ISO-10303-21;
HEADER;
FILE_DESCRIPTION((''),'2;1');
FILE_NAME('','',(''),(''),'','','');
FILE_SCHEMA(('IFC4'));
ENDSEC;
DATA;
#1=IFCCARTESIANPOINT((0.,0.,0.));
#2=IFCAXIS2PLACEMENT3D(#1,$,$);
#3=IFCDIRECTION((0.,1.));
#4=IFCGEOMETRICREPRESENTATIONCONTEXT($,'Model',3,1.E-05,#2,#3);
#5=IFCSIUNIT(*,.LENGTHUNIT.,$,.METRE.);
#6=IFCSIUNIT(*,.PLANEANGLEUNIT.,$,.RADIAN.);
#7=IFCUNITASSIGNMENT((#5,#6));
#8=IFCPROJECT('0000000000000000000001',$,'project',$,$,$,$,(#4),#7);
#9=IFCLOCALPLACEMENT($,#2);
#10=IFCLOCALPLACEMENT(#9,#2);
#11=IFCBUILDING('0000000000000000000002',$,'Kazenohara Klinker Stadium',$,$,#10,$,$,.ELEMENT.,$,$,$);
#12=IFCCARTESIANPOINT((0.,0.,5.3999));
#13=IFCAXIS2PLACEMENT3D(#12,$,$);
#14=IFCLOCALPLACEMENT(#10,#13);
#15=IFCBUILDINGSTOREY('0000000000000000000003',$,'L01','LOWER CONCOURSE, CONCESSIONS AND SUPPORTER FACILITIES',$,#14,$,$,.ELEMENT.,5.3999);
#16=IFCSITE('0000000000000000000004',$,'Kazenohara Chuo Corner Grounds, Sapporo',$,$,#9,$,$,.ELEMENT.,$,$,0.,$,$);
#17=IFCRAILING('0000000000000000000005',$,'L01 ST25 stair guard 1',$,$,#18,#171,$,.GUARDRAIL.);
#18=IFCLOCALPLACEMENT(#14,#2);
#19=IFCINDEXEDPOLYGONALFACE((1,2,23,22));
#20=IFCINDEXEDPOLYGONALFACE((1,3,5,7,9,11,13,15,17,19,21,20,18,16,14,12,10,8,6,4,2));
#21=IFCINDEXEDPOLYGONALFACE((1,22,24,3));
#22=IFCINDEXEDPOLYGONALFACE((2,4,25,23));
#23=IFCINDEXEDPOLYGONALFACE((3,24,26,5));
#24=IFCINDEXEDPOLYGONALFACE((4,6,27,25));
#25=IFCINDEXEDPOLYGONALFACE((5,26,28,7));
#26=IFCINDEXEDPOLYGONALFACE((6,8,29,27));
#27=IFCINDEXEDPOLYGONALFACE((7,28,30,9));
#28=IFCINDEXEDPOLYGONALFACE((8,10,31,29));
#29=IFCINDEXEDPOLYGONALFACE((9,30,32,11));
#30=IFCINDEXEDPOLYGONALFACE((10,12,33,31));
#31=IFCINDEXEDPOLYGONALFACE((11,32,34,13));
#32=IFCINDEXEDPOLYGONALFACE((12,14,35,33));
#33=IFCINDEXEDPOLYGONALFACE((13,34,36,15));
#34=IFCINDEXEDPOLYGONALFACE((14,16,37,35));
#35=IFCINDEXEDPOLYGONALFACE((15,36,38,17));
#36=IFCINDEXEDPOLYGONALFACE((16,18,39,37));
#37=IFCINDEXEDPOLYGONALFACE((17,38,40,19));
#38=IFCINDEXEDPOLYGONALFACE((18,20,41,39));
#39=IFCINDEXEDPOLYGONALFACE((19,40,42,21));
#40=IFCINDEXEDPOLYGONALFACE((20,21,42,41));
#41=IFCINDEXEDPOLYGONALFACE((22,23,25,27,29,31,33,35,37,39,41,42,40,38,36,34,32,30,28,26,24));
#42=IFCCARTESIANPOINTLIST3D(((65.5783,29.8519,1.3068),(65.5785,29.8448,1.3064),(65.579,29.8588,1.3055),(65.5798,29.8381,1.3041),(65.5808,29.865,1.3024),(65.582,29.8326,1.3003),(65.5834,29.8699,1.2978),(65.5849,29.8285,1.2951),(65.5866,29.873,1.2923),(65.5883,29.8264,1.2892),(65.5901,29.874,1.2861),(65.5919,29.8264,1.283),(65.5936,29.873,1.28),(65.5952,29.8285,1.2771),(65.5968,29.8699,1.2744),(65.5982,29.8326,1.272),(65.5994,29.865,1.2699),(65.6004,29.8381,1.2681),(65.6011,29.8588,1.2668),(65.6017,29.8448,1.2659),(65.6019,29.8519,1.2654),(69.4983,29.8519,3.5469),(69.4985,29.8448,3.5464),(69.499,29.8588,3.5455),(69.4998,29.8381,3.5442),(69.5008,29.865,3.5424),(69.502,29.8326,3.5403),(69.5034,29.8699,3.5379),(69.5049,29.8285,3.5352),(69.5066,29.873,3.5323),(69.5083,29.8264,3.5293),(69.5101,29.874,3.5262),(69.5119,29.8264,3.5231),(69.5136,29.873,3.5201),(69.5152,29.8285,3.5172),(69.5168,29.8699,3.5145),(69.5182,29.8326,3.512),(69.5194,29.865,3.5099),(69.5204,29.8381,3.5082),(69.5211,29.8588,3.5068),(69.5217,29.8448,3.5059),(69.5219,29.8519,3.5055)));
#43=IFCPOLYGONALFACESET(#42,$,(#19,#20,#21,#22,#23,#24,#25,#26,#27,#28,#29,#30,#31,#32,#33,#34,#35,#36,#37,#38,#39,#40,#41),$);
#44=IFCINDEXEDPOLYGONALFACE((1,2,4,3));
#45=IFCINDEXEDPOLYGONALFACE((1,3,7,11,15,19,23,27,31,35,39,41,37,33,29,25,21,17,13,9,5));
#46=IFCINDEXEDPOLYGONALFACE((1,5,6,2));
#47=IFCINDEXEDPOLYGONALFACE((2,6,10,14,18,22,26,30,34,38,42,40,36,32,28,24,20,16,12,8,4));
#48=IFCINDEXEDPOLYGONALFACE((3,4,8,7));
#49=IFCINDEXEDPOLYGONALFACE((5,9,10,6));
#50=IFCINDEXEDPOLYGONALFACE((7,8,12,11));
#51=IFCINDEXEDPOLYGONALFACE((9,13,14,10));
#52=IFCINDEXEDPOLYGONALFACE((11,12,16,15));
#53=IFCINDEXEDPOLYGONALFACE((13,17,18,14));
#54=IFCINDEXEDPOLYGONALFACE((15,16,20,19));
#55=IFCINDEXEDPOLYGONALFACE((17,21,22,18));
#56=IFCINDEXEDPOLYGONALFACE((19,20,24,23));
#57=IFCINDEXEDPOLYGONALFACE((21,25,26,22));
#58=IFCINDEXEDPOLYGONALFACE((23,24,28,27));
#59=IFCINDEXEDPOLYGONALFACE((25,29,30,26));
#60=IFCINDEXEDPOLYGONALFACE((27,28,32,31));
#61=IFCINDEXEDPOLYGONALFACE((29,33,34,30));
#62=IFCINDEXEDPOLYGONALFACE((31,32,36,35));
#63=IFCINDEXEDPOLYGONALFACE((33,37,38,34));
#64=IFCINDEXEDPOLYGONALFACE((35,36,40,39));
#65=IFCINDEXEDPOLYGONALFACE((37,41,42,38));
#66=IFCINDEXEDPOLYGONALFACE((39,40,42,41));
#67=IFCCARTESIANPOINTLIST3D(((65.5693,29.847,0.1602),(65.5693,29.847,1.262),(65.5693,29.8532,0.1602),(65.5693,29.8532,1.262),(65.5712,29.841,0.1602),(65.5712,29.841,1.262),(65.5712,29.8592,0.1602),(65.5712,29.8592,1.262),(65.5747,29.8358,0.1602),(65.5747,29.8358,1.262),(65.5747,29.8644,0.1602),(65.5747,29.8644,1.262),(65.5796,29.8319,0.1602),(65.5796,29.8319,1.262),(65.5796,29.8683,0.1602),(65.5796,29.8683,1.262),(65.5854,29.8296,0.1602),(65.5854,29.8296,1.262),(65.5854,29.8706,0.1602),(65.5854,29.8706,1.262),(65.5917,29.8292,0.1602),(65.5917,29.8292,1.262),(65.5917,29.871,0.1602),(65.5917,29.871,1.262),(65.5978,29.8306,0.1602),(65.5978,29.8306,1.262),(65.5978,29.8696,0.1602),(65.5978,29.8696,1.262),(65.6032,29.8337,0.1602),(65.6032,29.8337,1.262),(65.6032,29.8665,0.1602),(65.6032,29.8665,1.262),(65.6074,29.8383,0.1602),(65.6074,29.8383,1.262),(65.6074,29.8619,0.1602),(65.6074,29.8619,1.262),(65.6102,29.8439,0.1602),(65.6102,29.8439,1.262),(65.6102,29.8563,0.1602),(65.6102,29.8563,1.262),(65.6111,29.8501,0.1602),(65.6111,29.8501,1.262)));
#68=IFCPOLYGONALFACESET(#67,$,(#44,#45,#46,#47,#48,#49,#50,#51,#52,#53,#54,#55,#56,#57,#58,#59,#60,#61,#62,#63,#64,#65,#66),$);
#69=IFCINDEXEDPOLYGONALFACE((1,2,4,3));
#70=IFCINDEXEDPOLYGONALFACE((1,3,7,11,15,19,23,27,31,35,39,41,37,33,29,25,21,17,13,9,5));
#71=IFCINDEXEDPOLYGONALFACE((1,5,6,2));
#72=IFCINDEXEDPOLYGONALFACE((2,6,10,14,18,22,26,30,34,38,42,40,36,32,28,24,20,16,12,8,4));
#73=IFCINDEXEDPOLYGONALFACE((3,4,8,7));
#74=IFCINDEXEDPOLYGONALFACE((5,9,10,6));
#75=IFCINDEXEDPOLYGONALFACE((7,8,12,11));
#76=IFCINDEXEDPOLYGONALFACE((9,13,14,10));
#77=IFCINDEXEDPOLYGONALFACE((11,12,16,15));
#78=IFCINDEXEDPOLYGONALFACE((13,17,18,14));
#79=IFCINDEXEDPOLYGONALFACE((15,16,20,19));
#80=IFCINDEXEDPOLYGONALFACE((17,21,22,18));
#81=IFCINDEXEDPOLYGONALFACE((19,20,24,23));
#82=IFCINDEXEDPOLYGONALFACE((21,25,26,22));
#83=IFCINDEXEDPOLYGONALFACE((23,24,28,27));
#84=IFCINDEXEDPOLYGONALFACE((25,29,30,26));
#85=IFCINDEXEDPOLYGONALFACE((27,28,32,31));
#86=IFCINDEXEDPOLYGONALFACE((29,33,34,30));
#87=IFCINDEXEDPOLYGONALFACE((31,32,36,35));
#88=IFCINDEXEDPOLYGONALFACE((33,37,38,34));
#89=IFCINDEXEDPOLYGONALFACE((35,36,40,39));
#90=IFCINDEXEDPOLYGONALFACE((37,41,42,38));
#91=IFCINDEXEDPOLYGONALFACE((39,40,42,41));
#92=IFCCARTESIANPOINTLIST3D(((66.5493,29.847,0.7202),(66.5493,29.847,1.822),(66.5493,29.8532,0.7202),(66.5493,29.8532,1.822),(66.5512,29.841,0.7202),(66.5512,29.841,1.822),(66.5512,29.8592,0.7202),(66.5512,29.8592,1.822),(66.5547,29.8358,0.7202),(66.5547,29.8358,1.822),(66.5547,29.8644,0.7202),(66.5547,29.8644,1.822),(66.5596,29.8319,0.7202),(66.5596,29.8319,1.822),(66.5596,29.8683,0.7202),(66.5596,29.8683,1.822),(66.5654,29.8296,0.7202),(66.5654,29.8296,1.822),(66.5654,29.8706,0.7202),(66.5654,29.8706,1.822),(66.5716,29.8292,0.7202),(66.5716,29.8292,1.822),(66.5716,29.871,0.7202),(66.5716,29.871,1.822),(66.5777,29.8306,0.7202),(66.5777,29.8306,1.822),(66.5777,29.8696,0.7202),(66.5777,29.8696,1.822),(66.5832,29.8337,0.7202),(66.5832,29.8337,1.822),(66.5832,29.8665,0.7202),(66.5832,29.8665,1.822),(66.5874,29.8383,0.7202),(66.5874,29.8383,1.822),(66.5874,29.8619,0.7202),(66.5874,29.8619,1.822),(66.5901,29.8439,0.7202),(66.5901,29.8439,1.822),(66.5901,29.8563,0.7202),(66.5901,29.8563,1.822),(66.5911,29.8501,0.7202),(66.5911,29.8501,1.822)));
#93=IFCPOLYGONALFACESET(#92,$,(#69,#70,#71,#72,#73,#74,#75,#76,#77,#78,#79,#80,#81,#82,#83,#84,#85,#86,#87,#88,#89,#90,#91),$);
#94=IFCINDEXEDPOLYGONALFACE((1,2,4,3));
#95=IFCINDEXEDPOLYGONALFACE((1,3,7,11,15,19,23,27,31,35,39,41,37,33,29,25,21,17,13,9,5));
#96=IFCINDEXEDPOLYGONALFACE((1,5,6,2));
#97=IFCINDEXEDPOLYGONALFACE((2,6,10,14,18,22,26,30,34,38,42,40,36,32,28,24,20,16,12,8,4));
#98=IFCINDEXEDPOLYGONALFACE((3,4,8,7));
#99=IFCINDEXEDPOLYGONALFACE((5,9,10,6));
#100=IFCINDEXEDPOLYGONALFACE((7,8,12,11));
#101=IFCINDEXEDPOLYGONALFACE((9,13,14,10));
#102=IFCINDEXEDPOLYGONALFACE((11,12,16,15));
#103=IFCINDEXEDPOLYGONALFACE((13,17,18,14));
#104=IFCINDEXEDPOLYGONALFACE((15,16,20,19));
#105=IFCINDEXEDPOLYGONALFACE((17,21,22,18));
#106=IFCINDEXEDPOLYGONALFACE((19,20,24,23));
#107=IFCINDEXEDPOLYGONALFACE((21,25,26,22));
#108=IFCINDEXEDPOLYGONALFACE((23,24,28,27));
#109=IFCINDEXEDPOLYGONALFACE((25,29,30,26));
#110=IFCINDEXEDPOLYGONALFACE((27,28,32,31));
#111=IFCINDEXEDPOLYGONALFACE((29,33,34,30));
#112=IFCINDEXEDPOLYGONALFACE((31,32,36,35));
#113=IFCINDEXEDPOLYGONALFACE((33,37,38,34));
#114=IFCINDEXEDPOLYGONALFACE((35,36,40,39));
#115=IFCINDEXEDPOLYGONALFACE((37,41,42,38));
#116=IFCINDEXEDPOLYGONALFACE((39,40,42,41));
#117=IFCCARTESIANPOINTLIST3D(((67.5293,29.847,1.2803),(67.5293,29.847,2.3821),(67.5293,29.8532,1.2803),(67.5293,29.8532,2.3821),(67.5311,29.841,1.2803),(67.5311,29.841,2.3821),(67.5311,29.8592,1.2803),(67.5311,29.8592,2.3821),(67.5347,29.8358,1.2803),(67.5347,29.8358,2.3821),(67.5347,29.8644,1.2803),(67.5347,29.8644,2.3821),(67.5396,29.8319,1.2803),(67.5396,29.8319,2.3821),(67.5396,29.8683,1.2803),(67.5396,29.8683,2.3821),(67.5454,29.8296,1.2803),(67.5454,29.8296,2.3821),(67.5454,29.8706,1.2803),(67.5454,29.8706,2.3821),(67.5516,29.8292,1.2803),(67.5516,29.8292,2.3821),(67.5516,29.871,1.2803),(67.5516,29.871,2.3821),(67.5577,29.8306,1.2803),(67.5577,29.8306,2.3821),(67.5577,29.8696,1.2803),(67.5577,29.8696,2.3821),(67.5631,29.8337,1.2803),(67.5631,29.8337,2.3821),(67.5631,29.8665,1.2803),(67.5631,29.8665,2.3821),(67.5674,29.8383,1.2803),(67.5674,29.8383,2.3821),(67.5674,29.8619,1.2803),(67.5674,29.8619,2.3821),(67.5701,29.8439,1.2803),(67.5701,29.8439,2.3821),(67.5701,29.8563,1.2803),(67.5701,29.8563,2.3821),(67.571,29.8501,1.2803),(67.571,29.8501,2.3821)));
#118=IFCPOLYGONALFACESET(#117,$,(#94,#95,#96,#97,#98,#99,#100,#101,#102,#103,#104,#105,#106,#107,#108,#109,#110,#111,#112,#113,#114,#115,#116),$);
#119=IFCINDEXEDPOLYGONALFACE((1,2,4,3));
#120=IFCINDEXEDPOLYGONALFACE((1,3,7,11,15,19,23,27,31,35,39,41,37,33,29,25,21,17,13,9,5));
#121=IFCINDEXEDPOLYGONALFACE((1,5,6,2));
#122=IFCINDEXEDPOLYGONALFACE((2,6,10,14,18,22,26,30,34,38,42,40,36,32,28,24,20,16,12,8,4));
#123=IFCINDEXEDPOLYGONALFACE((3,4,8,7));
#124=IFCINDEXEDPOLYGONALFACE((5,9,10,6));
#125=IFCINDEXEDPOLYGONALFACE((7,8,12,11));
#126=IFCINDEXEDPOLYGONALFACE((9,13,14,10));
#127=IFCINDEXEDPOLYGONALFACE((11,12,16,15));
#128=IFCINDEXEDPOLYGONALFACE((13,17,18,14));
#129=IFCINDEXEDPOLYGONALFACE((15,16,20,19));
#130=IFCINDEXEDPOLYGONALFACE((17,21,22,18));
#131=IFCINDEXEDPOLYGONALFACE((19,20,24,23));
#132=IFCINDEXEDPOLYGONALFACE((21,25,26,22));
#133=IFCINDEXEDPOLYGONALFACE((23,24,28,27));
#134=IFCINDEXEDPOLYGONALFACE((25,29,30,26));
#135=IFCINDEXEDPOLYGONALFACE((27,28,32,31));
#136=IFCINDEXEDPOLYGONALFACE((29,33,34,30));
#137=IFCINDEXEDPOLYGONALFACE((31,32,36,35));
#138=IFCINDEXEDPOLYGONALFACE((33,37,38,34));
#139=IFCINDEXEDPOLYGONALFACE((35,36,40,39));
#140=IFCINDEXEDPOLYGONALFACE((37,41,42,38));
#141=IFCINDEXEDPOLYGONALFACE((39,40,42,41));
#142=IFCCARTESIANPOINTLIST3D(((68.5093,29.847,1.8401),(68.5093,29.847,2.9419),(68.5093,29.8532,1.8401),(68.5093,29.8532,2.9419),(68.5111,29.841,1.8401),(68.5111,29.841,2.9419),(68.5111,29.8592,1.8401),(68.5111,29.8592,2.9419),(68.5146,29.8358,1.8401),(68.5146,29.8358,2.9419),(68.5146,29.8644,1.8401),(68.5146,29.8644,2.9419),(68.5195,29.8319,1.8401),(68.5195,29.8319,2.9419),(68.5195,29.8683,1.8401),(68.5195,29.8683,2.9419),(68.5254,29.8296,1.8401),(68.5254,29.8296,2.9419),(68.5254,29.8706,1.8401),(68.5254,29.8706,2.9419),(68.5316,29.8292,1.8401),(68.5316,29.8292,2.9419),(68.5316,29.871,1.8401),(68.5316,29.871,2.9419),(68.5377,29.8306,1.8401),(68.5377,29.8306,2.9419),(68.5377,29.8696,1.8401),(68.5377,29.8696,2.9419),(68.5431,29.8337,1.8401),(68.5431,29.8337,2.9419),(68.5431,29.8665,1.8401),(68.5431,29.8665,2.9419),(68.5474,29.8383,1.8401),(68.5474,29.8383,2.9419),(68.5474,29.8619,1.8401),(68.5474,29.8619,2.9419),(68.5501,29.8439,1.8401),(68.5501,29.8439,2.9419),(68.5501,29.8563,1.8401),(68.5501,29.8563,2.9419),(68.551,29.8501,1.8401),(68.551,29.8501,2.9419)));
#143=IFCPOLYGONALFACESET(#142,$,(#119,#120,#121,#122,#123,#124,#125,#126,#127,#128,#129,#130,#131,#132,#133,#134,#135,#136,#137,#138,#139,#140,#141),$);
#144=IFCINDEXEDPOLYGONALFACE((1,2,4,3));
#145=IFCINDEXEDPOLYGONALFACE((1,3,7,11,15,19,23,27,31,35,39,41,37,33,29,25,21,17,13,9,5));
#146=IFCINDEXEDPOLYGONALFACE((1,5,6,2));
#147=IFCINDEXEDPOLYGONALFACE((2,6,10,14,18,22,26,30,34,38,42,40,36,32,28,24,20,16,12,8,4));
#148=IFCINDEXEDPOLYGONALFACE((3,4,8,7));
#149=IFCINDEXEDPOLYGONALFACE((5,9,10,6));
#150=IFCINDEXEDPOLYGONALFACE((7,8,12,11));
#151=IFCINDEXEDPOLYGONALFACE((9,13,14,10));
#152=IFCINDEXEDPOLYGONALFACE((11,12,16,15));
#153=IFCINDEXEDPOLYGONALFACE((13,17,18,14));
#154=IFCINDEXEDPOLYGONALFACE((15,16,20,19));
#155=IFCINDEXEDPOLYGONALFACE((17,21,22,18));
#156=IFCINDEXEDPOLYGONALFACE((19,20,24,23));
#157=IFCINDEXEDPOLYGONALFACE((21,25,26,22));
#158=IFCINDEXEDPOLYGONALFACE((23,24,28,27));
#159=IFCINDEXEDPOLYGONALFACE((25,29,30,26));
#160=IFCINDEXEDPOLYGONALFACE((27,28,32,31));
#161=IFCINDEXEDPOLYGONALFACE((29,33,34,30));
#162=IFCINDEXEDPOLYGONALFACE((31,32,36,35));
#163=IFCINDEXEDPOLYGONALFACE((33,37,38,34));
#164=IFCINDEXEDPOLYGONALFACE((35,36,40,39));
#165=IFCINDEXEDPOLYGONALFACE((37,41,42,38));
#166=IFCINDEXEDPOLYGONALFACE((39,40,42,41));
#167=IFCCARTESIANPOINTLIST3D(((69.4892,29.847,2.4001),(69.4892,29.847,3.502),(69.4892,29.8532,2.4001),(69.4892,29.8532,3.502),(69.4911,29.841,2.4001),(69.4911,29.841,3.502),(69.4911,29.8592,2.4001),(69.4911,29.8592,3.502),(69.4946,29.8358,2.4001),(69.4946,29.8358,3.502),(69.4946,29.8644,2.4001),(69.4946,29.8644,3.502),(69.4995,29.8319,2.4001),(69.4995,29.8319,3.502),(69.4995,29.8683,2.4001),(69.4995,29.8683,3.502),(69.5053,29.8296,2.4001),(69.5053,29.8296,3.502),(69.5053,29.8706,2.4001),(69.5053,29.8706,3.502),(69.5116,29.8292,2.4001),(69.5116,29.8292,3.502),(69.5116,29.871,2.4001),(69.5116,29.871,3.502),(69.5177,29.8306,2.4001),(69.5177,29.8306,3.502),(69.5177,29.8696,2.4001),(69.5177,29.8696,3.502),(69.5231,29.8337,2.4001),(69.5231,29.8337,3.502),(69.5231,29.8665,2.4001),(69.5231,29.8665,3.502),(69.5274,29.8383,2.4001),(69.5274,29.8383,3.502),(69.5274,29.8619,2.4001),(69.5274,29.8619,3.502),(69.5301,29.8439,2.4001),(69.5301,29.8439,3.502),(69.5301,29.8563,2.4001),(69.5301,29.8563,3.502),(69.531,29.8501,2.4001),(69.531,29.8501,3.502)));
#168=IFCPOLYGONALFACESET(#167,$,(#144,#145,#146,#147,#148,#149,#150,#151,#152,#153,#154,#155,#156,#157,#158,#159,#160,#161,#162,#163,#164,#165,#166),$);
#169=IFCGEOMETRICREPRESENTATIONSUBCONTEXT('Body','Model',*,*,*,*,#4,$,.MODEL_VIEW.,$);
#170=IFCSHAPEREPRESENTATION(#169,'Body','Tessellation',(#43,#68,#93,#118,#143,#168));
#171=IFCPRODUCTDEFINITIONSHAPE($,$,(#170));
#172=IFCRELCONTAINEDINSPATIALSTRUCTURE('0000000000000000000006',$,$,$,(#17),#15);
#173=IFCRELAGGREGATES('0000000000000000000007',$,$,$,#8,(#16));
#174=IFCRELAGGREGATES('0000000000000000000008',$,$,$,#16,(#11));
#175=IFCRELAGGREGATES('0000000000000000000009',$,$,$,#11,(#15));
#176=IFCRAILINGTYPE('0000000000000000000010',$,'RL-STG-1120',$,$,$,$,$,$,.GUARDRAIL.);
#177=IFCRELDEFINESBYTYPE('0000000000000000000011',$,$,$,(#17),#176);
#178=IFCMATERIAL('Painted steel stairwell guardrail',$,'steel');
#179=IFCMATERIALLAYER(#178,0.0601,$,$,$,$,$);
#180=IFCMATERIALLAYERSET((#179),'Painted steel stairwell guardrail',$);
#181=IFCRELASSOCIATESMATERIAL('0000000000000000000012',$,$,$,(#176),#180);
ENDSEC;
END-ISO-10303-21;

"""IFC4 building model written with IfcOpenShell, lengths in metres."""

from ifc_helpers import new_model, si_unit, direction, frame, origin, origin_2d, place, context, subcontext, project, spatial, circle, extrude, material, layer, layer_set, type_object, element, save


model = new_model("IFC4")

# Units and contexts
model_context = context("Model", 3, precision=1e-05, world=origin(), true_north=direction((0.0, 1.0)))
body_context = subcontext(model_context, "Body", "Model", "MODEL_VIEW")
ifc_project = project(units=[si_unit("LENGTHUNIT", "METRE"), si_unit("PLANEANGLEUNIT", "RADIAN")], contexts=[model_context])

# Site, building, storey
site_placement = place(None, origin())
site = spatial("IfcSite", under=ifc_project, at=site_placement, Name="Kazenohara Chuo Corner Grounds, Sapporo", CompositionType="ELEMENT", RefElevation=0.0)
building_placement = place(site_placement, origin())
building = spatial("IfcBuilding", under=site, at=building_placement, Name="Kazenohara Klinker Stadium", CompositionType="ELEMENT")
storey_placement = place(building_placement, frame((0.0, 0.0, 5.3999)))
storey = spatial("IfcBuildingStorey", under=building, at=storey_placement, Name="L01", Description="LOWER CONCOURSE, CONCESSIONS AND SUPPORTER FACILITIES", CompositionType="ELEMENT", Elevation=5.3999)

# Railing
ifc_material_1 = material(Name="Painted steel stairwell guardrail", Category="steel")
ifc_layer_1 = layer(ifc_material_1, 0.0601)
ifc_layer_set_1 = layer_set([ifc_layer_1], Name="Painted steel stairwell guardrail")
railing_type_1 = type_object("IfcRailingType", Name="RL-STG-1120", PredefinedType="GUARDRAIL", material=ifc_layer_set_1)
railing_1_placement = place(storey_placement, frame((65.5901, 29.8501, 0.1602)))
element("IfcRailing", 1, at=railing_1_placement, inside=storey, type_object=railing_type_1, Name="L01 ST25 stair guard 1", PredefinedType="GUARDRAIL", context=body_context, shape_type="SweptSolid", body=[
    extrude(circle(Radius=0.0239, at=origin_2d()), frame((0.0, 0.0, 1.126), z_axis=(0.86824, 0.0, 0.496145), x_axis=(0.0, 1.0, 0.0)), (0.0, 0.0, 1.0), 4.5149),
    extrude(circle(Radius=0.021, at=origin_2d()), origin(), (0.0, 0.0, 1.0), 1.1018),
    extrude(circle(Radius=0.021, at=origin_2d()), frame((0.98, 0.0, 0.5601)), (0.0, 0.0, 1.0), 1.1018),
    extrude(circle(Radius=0.021, at=origin_2d()), frame((1.96, 0.0, 1.1201)), (0.0, 0.0, 1.0), 1.1018),
    extrude(circle(Radius=0.021, at=origin_2d()), frame((2.9399, 0.0, 1.6799)), (0.0, 0.0, 1.0), 1.1018),
    extrude(circle(Radius=0.021, at=origin_2d()), frame((3.9199, 0.0, 2.24)), (0.0, 0.0, 1.0), 1.1018),
])

save(model, "model.ifc")
